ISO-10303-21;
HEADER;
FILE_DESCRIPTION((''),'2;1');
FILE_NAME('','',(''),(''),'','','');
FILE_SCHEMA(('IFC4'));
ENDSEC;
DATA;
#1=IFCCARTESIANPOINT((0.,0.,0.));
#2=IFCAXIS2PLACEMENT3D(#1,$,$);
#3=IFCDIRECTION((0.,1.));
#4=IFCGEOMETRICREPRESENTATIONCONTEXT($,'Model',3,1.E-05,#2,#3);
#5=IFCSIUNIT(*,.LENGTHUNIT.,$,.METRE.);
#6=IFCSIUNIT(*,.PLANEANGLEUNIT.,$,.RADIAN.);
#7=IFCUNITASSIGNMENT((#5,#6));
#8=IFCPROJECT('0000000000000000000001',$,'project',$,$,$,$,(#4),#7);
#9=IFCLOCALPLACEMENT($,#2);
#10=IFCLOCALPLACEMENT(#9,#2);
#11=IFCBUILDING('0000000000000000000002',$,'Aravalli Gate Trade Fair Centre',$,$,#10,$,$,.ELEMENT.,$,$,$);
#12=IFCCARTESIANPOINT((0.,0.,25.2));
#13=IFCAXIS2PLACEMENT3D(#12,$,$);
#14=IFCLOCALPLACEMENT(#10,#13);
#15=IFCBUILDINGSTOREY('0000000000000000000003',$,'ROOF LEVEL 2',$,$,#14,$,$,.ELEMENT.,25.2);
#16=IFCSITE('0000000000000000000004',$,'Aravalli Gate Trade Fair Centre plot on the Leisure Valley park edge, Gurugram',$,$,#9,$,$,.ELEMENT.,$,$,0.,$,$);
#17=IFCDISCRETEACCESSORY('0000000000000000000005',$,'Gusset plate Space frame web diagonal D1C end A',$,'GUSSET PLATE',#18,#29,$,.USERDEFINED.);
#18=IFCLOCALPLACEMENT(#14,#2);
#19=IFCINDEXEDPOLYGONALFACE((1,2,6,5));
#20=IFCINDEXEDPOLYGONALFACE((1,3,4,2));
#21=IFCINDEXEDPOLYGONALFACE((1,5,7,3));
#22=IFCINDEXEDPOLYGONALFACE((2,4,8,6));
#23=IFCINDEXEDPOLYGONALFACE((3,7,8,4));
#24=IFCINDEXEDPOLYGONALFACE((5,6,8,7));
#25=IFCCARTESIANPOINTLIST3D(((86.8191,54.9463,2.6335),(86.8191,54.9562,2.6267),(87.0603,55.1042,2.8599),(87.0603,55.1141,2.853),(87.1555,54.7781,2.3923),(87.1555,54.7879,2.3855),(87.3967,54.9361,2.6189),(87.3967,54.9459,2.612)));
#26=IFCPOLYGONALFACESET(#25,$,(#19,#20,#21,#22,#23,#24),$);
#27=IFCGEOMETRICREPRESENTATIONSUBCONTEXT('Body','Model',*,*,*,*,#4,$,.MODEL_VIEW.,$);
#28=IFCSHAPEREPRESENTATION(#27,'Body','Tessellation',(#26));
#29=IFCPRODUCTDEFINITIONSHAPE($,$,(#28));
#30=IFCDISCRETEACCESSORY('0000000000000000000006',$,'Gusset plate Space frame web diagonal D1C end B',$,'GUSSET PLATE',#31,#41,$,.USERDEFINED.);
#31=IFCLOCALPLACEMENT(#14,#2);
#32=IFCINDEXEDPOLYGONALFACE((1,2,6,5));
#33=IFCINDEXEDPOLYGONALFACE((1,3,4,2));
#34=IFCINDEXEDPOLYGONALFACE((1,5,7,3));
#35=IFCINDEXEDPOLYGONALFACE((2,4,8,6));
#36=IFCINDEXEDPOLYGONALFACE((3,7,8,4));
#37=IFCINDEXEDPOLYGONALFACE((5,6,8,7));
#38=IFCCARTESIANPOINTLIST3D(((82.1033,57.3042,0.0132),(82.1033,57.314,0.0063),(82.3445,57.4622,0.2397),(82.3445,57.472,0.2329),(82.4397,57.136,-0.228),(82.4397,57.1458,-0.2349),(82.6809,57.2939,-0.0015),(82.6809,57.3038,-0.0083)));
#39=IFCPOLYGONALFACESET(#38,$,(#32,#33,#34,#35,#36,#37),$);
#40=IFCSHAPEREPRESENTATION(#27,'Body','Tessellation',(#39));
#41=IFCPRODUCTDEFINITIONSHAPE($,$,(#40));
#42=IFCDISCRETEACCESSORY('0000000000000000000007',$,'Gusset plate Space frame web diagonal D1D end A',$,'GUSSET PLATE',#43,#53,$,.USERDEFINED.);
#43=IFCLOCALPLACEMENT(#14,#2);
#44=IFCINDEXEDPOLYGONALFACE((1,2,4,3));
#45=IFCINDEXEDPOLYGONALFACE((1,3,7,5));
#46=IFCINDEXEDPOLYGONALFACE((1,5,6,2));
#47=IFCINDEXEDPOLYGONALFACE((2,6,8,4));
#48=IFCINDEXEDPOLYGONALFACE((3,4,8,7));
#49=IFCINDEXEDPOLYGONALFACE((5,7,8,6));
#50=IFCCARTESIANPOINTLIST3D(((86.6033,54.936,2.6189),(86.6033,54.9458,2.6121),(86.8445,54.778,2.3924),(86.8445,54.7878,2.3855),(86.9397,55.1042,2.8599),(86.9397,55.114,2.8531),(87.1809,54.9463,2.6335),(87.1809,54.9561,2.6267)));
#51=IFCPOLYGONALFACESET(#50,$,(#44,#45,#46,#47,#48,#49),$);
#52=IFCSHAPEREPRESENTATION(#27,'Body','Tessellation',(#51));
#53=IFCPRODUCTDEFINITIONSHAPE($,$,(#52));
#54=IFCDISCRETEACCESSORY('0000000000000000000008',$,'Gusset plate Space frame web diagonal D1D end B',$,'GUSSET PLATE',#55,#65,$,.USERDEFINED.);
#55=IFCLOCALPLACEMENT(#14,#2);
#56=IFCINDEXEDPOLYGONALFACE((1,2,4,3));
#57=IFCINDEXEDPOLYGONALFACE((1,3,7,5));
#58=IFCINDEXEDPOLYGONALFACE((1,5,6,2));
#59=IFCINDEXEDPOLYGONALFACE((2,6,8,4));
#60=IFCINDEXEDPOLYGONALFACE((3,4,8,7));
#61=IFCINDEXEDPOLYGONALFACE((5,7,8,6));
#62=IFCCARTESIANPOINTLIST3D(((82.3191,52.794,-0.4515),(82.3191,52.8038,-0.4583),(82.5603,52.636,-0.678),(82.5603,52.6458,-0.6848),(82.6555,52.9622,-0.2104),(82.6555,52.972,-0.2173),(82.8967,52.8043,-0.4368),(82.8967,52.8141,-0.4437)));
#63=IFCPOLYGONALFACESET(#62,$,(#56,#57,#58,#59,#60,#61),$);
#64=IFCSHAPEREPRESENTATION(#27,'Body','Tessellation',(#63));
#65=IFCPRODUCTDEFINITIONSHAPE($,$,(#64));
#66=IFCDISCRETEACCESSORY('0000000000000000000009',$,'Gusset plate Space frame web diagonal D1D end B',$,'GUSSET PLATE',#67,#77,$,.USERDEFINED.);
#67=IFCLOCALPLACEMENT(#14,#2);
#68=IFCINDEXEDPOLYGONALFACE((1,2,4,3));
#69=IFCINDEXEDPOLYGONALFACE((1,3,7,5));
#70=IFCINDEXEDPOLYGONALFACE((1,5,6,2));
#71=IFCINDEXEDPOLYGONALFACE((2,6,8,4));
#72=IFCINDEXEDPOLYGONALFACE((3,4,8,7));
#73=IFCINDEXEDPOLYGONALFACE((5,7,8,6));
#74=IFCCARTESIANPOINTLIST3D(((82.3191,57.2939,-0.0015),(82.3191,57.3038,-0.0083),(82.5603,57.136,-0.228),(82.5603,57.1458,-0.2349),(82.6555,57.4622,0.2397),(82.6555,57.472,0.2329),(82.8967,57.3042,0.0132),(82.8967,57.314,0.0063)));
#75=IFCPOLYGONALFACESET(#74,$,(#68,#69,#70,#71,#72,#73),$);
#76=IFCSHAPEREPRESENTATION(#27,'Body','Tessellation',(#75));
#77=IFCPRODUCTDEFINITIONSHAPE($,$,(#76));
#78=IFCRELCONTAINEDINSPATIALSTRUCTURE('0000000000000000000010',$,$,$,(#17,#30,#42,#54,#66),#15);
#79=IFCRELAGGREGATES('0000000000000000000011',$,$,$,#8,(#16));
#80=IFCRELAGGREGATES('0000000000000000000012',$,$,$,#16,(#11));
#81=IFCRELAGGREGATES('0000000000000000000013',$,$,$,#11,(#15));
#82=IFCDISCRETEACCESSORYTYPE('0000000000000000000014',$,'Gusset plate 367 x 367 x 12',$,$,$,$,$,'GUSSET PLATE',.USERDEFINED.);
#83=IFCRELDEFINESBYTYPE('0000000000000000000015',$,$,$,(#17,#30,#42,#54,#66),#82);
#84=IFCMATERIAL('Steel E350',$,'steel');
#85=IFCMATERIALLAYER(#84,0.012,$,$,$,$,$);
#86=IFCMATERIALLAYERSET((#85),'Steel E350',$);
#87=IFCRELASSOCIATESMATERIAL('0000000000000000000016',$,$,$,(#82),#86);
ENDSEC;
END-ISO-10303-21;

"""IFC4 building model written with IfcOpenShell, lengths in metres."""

from ifc_helpers import new_model, si_unit, direction, frame, origin, place, context, subcontext, project, spatial, polyline, outline, extrude, material, layer, layer_set, type_object, element, save


model = new_model("IFC4")

# Units and contexts
model_context = context("Model", 3, precision=1e-05, world=origin(), true_north=direction((0.0, 1.0)))
body_context = subcontext(model_context, "Body", "Model", "MODEL_VIEW")
ifc_project = project(units=[si_unit("LENGTHUNIT", "METRE"), si_unit("PLANEANGLEUNIT", "RADIAN")], contexts=[model_context])

# Site, building, storey
site_placement = place(None, origin())
site = spatial("IfcSite", under=ifc_project, at=site_placement, Name="Aravalli Gate Trade Fair Centre plot on the Leisure Valley park edge, Gurugram", CompositionType="ELEMENT", RefElevation=0.0)
building_placement = place(site_placement, origin())
building = spatial("IfcBuilding", under=site, at=building_placement, Name="Aravalli Gate Trade Fair Centre", CompositionType="ELEMENT")
storey_placement = place(building_placement, frame((0.0, 0.0, 25.2)))
storey = spatial("IfcBuildingStorey", under=building, at=storey_placement, Name="ROOF LEVEL 2", CompositionType="ELEMENT", Elevation=25.2)

# Shared definitions
ifc_material = material(Name="Steel E350", Category="steel")

# Discrete accessories
ifc_layer = layer(ifc_material, 0.012)
ifc_layer_set = layer_set([ifc_layer], Name="Steel E350")
discrete_accessory_type = type_object("IfcDiscreteAccessoryType", Name="Gusset plate 367 x 367 x 12", ElementType="GUSSET PLATE", PredefinedType="USERDEFINED", material=ifc_layer_set)
discrete_accessory_1_placement = place(storey_placement, frame((87.1555, 54.7781, 2.3923), z_axis=(-0.000049, -0.820141, 0.572161), x_axis=(-0.75291, 0.376583, 0.539733)))
element("IfcDiscreteAccessory", 1, at=discrete_accessory_1_placement, inside=storey, type_object=discrete_accessory_type, Name="Gusset plate Space frame web diagonal D1C end A", ObjectType="GUSSET PLATE", PredefinedType="USERDEFINED", context=body_context, shape_type="SweptSolid", body=[
    extrude(outline(polyline([(0.0, 0.0), (0.4468, 0.0), (0.4469, -0.3665), (0.0002, -0.3667), (0.0, 0.0)])), origin(), (0.0, 0.0, -1.0), 0.012),
])
discrete_accessory_2_placement = place(storey_placement, frame((82.1033, 57.3042, 0.0132), z_axis=(-0.000057, -0.820282, 0.57196), x_axis=(0.75291, -0.376455, -0.539822)))
element("IfcDiscreteAccessory", 2, at=discrete_accessory_2_placement, inside=storey, type_object=discrete_accessory_type, Name="Gusset plate Space frame web diagonal D1C end B", ObjectType="GUSSET PLATE", PredefinedType="USERDEFINED", context=body_context, shape_type="SweptSolid", body=[
    extrude(outline(polyline([(0.0, 0.0), (0.4468, 0.0), (0.4467, 0.3667), (-0.0002, 0.3667), (0.0, 0.0)])), origin(), (0.0, 0.0, -1.0), 0.012),
])
discrete_accessory_3_placement = place(storey_placement, frame((86.6033, 54.936, 2.6189), z_axis=(0.000049, -0.820141, 0.572161), x_axis=(0.753132, 0.376438, 0.539524)))
element("IfcDiscreteAccessory", 3, at=discrete_accessory_3_placement, inside=storey, type_object=discrete_accessory_type, Name="Gusset plate Space frame web diagonal D1D end A", ObjectType="GUSSET PLATE", PredefinedType="USERDEFINED", context=body_context, shape_type="SweptSolid", body=[
    extrude(outline(polyline([(0.0, 0.0), (0.4467, 0.0), (0.4468, -0.3665), (0.0, -0.3667), (0.0, 0.0)])), origin(), (0.0, 0.0, -1.0), 0.012),
])
discrete_accessory_4_placement = place(storey_placement, frame((82.6555, 52.9622, -0.2104), z_axis=(0.000049, -0.820141, 0.572161), x_axis=(-0.753132, -0.376438, -0.539524)))
element("IfcDiscreteAccessory", 4, at=discrete_accessory_4_placement, inside=storey, type_object=discrete_accessory_type, Name="Gusset plate Space frame web diagonal D1D end B", ObjectType="GUSSET PLATE", PredefinedType="USERDEFINED", context=body_context, shape_type="SweptSolid", body=[
    extrude(outline(polyline([(0.0, 0.0), (0.4467, 0.0), (0.4467, 0.3667), (-0.0001, 0.3665), (0.0, 0.0)])), origin(), (0.0, 0.0, -1.0), 0.012),
])
discrete_accessory_5_placement = place(storey_placement, frame((82.6555, 57.4622, 0.2397), z_axis=(0.000057, -0.820282, 0.57196), x_axis=(-0.75291, -0.376455, -0.539822)))
element("IfcDiscreteAccessory", 5, at=discrete_accessory_5_placement, inside=storey, type_object=discrete_accessory_type, Name="Gusset plate Space frame web diagonal D1D end B", ObjectType="GUSSET PLATE", PredefinedType="USERDEFINED", context=body_context, shape_type="SweptSolid", body=[
    extrude(outline(polyline([(0.0, 0.0), (0.4468, 0.0), (0.447, 0.3667), (0.0002, 0.3667), (0.0, 0.0)])), origin(), (0.0, 0.0, -1.0), 0.012),
])

save(model, "model.ifc")
